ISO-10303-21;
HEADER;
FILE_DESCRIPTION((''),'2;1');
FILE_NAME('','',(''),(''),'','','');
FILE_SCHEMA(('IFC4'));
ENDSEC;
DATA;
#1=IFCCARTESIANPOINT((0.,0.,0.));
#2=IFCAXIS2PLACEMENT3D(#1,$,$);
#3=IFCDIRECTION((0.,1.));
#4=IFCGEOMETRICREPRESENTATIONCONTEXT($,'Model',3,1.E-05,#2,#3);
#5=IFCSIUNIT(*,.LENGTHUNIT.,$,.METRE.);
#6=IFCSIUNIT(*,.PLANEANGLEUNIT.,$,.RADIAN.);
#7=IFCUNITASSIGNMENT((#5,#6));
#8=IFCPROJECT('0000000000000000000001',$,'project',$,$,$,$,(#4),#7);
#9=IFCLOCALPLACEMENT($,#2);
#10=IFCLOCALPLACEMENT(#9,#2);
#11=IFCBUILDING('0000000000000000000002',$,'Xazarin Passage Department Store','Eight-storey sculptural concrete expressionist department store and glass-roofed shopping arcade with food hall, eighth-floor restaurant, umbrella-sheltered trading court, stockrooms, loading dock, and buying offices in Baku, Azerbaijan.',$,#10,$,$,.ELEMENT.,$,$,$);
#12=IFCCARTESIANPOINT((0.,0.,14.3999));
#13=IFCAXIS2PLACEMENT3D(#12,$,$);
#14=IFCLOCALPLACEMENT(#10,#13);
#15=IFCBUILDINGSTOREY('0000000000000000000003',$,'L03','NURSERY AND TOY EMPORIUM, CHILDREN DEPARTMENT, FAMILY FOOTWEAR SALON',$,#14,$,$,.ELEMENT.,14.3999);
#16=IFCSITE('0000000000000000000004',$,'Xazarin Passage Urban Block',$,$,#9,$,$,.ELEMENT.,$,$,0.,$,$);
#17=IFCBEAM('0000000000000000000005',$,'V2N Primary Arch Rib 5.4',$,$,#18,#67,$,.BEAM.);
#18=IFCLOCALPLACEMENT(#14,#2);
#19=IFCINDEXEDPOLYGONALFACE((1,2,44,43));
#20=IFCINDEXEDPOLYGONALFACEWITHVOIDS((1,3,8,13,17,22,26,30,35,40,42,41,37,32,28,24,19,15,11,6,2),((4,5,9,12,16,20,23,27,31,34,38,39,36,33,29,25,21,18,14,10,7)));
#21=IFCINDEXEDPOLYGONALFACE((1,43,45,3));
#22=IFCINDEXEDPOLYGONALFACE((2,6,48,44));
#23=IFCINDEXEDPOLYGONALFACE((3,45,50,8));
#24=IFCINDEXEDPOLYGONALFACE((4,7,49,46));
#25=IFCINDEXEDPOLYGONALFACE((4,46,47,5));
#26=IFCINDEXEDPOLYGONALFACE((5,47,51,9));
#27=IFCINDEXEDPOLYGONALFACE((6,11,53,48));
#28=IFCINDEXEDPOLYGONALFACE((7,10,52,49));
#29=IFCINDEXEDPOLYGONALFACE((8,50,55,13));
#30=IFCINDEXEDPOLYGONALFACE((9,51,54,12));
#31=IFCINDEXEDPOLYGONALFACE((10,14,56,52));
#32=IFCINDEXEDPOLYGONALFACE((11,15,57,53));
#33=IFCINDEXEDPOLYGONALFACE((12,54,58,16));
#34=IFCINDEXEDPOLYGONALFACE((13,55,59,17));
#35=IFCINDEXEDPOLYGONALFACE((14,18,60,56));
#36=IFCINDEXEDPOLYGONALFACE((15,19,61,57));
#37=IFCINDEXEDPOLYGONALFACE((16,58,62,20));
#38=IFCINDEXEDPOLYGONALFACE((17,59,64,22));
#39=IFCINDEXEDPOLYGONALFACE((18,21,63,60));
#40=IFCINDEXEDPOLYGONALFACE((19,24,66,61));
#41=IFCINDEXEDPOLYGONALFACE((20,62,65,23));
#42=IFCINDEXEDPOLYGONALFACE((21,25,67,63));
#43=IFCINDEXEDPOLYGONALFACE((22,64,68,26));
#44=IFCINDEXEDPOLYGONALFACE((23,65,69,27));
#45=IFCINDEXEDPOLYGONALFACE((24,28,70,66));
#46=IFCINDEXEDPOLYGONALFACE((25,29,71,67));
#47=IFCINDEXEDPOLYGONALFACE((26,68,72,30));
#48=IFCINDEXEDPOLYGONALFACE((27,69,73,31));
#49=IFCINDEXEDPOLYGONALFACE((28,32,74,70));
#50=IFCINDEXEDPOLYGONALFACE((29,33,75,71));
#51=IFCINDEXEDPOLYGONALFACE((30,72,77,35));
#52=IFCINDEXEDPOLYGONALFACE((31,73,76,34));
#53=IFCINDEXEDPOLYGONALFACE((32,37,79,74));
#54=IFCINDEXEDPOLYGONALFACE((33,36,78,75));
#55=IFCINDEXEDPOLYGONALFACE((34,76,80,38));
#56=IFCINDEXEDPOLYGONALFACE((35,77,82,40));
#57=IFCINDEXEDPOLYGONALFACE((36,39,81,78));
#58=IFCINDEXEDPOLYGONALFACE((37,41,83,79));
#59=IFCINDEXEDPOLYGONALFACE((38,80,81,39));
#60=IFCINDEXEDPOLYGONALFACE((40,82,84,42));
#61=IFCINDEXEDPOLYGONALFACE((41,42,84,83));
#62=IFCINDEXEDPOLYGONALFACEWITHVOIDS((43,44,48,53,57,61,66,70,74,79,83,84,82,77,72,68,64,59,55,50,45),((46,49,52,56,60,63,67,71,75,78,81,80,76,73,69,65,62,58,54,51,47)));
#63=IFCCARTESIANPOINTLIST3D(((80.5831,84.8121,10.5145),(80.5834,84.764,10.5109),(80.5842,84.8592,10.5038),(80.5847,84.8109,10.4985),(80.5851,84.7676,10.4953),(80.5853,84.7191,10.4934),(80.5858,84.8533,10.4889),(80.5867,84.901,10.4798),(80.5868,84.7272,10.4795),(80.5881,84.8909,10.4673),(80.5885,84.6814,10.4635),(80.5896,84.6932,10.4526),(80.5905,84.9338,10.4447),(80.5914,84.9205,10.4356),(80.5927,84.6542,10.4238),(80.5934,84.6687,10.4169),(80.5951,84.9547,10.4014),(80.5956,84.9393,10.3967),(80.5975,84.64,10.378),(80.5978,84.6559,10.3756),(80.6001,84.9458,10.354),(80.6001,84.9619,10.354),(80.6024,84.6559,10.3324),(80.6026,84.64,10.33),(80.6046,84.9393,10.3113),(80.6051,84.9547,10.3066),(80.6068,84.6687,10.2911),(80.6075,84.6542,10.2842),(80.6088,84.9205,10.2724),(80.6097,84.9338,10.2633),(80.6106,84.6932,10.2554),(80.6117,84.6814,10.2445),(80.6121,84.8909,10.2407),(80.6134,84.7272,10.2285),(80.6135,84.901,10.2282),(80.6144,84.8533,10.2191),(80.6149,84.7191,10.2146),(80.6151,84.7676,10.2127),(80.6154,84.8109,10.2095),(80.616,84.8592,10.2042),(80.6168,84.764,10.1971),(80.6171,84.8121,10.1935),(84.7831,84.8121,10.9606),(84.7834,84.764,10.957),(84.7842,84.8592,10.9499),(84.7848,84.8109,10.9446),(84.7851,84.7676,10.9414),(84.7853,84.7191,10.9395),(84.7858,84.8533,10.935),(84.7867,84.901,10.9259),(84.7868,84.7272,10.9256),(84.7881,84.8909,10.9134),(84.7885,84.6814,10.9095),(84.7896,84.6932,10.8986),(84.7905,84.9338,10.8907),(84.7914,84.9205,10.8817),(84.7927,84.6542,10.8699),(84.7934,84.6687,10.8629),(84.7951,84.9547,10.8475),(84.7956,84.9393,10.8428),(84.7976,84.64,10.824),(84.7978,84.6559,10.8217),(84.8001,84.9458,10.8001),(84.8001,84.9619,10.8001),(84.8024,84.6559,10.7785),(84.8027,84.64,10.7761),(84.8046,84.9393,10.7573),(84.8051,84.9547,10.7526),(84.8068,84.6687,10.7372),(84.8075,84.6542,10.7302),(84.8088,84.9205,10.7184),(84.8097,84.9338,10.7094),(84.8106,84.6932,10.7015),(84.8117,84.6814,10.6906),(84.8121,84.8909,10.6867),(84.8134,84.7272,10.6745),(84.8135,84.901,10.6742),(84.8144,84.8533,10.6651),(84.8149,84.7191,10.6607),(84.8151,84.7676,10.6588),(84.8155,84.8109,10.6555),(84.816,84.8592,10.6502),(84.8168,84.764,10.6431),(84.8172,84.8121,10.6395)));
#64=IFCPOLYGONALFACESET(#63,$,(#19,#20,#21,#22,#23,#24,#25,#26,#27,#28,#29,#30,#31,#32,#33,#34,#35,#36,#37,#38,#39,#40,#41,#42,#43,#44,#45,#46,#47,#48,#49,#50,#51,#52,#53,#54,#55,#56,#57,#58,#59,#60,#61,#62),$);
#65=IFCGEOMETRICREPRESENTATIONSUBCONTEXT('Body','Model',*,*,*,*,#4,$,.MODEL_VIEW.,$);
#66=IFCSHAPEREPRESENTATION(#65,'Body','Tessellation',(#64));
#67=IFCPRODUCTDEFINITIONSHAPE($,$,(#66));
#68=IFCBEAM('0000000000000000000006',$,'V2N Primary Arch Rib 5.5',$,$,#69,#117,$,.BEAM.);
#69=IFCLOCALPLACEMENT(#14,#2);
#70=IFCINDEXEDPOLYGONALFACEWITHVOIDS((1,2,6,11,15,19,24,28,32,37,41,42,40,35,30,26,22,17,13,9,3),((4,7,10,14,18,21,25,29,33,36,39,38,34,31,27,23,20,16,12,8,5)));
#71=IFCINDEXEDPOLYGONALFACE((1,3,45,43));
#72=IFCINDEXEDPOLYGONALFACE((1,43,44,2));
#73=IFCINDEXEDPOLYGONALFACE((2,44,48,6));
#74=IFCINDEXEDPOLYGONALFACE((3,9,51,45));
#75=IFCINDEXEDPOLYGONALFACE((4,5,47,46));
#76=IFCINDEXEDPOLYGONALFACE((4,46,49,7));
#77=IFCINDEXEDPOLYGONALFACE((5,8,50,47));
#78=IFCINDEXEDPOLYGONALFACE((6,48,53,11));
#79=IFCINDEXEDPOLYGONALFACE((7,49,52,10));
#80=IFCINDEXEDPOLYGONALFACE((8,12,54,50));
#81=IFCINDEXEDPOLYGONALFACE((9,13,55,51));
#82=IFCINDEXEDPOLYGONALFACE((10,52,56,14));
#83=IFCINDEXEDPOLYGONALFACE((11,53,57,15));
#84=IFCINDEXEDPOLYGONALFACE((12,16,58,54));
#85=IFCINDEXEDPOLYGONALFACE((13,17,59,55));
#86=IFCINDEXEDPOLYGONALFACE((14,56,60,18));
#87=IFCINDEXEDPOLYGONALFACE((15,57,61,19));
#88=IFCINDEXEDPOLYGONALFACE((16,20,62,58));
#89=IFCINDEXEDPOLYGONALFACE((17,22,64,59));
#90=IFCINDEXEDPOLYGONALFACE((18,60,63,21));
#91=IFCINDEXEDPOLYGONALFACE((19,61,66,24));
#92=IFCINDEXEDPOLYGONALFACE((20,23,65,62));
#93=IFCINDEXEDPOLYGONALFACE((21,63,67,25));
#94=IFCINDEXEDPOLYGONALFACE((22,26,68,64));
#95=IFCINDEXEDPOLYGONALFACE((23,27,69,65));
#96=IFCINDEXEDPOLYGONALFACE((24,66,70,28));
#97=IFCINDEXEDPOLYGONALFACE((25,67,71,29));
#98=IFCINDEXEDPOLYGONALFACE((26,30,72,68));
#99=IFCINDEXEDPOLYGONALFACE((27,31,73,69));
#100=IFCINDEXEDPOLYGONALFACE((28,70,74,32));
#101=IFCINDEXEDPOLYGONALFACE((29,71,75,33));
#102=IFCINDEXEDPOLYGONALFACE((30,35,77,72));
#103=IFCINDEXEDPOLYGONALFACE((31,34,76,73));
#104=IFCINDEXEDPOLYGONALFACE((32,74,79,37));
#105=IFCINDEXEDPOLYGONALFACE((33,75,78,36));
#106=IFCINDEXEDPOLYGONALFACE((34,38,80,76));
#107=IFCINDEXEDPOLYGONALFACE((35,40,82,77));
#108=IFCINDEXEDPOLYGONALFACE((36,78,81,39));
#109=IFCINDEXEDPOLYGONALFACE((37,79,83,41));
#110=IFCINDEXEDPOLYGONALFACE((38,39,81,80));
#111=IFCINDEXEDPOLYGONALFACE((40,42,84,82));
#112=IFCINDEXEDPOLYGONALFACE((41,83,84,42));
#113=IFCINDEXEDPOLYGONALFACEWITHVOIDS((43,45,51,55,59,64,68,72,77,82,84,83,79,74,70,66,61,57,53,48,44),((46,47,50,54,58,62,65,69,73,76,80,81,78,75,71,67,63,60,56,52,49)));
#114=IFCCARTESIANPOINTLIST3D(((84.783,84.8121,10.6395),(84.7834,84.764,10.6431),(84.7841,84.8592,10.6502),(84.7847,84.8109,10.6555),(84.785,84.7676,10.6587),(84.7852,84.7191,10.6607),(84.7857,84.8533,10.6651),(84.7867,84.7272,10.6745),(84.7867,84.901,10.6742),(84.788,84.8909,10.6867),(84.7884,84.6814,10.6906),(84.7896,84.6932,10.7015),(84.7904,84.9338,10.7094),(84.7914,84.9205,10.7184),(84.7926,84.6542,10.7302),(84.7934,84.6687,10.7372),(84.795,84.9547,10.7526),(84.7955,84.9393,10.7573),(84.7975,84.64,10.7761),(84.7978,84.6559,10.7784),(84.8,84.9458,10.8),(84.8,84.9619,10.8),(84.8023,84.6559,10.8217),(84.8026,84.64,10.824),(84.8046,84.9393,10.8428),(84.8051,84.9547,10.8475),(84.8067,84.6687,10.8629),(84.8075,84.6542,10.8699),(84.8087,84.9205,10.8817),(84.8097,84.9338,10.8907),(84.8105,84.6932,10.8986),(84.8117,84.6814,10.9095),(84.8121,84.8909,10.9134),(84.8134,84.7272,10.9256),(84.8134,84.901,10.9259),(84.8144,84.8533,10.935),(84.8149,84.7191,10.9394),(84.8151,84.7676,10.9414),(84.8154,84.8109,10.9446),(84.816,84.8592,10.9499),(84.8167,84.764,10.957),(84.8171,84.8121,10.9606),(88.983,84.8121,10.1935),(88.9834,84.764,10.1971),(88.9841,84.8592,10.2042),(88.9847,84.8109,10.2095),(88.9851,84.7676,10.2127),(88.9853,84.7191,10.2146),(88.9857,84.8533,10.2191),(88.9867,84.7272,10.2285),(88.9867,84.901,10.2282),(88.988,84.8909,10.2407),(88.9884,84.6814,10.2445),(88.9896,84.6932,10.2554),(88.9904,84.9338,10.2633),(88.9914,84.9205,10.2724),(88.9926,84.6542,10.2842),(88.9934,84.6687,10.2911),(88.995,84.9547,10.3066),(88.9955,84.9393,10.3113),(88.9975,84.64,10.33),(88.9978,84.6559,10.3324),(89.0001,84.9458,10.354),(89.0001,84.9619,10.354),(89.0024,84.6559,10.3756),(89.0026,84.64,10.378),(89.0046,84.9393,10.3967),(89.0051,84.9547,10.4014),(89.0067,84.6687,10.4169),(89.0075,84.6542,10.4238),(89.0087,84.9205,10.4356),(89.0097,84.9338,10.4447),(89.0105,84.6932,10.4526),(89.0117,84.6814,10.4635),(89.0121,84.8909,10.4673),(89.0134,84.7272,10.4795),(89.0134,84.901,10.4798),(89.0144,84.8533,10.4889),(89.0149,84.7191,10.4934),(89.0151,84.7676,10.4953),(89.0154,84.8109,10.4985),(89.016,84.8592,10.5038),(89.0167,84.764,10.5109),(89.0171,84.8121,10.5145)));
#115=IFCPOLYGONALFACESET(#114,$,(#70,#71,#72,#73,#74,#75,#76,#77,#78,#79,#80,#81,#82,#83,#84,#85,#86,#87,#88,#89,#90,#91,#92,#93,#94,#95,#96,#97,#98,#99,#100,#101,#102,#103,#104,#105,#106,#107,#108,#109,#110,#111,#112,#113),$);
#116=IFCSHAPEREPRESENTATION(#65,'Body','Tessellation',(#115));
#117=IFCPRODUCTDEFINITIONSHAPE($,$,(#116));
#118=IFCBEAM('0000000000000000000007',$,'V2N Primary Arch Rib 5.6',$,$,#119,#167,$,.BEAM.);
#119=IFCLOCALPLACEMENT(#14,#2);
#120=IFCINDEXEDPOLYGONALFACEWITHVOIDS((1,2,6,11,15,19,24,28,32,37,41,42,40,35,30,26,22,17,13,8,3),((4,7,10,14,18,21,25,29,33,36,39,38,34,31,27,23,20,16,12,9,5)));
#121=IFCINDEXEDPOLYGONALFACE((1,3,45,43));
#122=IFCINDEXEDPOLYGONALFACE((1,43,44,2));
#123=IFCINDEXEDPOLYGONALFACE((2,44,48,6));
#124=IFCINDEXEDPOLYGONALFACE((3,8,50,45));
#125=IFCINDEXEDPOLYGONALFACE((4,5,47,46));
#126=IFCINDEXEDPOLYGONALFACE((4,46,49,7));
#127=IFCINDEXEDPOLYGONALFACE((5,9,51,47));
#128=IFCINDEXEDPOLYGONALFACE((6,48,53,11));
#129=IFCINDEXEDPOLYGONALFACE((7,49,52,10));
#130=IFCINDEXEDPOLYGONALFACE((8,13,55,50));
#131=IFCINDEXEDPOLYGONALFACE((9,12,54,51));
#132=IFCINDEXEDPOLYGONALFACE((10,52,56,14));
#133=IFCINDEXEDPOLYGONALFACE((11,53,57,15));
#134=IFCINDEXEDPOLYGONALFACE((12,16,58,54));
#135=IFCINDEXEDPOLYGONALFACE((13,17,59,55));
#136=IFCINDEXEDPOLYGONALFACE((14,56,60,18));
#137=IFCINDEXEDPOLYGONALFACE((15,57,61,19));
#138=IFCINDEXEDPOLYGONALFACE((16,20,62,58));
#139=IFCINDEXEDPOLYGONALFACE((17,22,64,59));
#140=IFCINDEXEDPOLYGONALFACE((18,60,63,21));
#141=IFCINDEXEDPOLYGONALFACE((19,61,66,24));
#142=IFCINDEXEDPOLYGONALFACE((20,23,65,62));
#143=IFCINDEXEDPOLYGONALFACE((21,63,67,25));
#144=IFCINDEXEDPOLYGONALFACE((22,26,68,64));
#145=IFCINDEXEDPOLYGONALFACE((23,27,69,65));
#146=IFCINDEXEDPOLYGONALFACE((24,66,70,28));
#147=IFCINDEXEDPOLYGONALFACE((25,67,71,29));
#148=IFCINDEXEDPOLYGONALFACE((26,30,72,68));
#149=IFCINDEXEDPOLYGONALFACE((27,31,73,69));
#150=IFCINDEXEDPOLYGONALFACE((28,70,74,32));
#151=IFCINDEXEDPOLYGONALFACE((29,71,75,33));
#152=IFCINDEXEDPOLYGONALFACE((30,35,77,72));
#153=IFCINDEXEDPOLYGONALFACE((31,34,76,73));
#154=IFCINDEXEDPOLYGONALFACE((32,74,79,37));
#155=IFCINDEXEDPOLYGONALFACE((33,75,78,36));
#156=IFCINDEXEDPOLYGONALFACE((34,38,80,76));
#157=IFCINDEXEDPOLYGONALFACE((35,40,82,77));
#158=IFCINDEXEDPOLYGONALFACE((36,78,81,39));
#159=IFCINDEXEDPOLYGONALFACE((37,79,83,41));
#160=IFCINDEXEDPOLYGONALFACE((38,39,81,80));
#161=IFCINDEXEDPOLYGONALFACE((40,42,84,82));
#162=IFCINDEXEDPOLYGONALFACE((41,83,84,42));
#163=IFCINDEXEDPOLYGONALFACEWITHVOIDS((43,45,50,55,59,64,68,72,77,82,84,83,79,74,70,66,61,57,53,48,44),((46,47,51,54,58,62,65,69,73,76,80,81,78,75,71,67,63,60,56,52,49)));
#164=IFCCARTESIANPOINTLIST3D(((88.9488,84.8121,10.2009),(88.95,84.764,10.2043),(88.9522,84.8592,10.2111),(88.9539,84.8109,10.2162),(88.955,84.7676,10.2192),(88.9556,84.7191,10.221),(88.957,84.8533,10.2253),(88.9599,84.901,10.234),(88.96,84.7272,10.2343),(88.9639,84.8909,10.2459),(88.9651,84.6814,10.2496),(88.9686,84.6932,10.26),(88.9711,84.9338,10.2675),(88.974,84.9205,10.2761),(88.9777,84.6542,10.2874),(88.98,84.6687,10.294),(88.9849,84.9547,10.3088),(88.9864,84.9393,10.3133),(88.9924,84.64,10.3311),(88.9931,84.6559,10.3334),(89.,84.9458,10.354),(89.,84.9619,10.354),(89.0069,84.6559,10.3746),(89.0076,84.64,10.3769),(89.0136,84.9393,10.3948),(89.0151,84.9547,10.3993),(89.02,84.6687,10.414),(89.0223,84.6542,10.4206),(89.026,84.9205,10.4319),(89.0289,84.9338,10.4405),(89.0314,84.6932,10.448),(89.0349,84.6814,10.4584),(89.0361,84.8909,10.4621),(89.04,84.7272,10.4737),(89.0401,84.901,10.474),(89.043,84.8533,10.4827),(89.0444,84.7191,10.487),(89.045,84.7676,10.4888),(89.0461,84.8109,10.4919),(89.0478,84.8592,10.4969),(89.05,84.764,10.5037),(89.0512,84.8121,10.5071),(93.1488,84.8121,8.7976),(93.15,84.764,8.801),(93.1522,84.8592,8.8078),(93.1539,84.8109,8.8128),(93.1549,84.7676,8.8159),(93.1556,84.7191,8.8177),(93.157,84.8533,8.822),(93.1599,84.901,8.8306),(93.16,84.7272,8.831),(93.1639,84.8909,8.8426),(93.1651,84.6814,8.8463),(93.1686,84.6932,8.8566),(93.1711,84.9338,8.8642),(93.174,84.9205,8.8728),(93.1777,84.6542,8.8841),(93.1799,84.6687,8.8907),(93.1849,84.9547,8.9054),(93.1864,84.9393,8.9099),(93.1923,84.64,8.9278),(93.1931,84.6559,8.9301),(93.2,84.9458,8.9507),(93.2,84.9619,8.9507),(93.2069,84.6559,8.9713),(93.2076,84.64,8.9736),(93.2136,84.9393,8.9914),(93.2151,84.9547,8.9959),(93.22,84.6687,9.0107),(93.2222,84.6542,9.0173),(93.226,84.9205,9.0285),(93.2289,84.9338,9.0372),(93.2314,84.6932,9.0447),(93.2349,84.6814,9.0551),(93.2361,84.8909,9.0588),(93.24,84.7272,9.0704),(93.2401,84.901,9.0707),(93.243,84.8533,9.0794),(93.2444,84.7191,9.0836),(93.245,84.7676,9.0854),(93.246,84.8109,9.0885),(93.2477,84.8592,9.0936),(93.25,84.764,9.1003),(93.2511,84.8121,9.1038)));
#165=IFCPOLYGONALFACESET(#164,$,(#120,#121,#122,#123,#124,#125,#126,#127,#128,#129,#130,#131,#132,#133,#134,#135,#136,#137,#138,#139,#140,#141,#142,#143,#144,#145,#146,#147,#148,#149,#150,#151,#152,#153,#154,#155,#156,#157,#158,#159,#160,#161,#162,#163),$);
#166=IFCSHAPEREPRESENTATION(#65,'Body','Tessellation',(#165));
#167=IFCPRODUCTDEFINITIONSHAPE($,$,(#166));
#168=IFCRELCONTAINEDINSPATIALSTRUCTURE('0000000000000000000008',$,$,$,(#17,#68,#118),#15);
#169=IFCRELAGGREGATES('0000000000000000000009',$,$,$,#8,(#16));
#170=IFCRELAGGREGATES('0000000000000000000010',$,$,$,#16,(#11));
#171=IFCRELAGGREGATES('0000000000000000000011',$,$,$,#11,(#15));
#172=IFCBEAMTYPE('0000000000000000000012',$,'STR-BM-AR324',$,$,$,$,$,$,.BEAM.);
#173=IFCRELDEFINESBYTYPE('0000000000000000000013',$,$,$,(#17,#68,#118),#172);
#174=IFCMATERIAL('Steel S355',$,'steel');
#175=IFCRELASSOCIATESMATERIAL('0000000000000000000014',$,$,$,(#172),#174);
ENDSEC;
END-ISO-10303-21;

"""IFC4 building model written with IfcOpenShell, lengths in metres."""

from ifc_helpers import new_model, si_unit, direction, frame, origin, origin_2d, place, context, subcontext, project, spatial, hollow_circle, extrude, material, material_profile, profile_set, type_object, element, save


model = new_model("IFC4")

# Units and contexts
model_context = context("Model", 3, precision=1e-05, world=origin(), true_north=direction((0.0, 1.0)))
body_context = subcontext(model_context, "Body", "Model", "MODEL_VIEW")
ifc_project = project(units=[si_unit("LENGTHUNIT", "METRE"), si_unit("PLANEANGLEUNIT", "RADIAN")], contexts=[model_context])

# Site, building, storey
site_placement = place(None, origin())
site = spatial("IfcSite", under=ifc_project, at=site_placement, Name="Xazarin Passage Urban Block", CompositionType="ELEMENT", RefElevation=0.0)
building_placement = place(site_placement, origin())
building = spatial("IfcBuilding", under=site, at=building_placement, Name="Xazarin Passage Department Store", Description="Eight-storey sculptural concrete expressionist department store and glass-roofed shopping arcade with food hall, eighth-floor restaurant, umbrella-sheltered trading court, stockrooms, loading dock, and buying offices in Baku, Azerbaijan.", CompositionType="ELEMENT")
storey_placement = place(building_placement, frame((0.0, 0.0, 14.3999)))
storey = spatial("IfcBuildingStorey", under=building, at=storey_placement, Name="L03", Description="NURSERY AND TOY EMPORIUM, CHILDREN DEPARTMENT, FAMILY FOOTWEAR SALON", CompositionType="ELEMENT", Elevation=14.3999)

# Beams
ifc_material_1 = material(Name="Steel S355", Category="steel")
ifc_material_profile_1 = material_profile(ifc_material_1, hollow_circle(Radius=0.1619, WallThickness=0.0161, at=origin_2d()), Name="CHS 323.9x16")
ifc_profile_set_1 = profile_set([ifc_material_profile_1], Name="Steel S355")
beam_type_1 = type_object("IfcBeamType", Name="STR-BM-AR324", PredefinedType="BEAM", material=ifc_profile_set_1)
for number, where, z_axis, x_axis, name in (
    (1, (80.6001, 84.8, 10.354), (0.994408, 0.0, 0.105608), (0.0, 1.0, 0.0), "V2N Primary Arch Rib 5.4"),
    (2, (84.8, 84.8, 10.8), (0.994408, 0.0, -0.105608), (0.0, 1.0, 0.0), "V2N Primary Arch Rib 5.5"),
):
    element("IfcBeam", number, at=place(storey_placement, frame(where, z_axis=z_axis, x_axis=x_axis)), inside=storey, type_object=beam_type_1, Name=name, PredefinedType="BEAM", context=body_context, shape_type="SweptSolid", body=[
        extrude(hollow_circle(Radius=0.1619, WallThickness=0.0161, at=origin_2d()), origin(), (0.0, 0.0, 1.0), 4.2236),
    ])
beam_1_placement = place(storey_placement, frame((89.0, 84.8, 10.354), z_axis=(0.948457, 0.0, -0.316906), x_axis=(0.0, 1.0, 0.0)))
element("IfcBeam", 3, at=beam_1_placement, inside=storey, type_object=beam_type_1, Name="V2N Primary Arch Rib 5.6", PredefinedType="BEAM", context=body_context, shape_type="SweptSolid", body=[
    extrude(hollow_circle(Radius=0.1619, WallThickness=0.0161, at=origin_2d()), origin(), (0.0, 0.0, 1.0), 4.4282),
])

save(model, "model.ifc")
